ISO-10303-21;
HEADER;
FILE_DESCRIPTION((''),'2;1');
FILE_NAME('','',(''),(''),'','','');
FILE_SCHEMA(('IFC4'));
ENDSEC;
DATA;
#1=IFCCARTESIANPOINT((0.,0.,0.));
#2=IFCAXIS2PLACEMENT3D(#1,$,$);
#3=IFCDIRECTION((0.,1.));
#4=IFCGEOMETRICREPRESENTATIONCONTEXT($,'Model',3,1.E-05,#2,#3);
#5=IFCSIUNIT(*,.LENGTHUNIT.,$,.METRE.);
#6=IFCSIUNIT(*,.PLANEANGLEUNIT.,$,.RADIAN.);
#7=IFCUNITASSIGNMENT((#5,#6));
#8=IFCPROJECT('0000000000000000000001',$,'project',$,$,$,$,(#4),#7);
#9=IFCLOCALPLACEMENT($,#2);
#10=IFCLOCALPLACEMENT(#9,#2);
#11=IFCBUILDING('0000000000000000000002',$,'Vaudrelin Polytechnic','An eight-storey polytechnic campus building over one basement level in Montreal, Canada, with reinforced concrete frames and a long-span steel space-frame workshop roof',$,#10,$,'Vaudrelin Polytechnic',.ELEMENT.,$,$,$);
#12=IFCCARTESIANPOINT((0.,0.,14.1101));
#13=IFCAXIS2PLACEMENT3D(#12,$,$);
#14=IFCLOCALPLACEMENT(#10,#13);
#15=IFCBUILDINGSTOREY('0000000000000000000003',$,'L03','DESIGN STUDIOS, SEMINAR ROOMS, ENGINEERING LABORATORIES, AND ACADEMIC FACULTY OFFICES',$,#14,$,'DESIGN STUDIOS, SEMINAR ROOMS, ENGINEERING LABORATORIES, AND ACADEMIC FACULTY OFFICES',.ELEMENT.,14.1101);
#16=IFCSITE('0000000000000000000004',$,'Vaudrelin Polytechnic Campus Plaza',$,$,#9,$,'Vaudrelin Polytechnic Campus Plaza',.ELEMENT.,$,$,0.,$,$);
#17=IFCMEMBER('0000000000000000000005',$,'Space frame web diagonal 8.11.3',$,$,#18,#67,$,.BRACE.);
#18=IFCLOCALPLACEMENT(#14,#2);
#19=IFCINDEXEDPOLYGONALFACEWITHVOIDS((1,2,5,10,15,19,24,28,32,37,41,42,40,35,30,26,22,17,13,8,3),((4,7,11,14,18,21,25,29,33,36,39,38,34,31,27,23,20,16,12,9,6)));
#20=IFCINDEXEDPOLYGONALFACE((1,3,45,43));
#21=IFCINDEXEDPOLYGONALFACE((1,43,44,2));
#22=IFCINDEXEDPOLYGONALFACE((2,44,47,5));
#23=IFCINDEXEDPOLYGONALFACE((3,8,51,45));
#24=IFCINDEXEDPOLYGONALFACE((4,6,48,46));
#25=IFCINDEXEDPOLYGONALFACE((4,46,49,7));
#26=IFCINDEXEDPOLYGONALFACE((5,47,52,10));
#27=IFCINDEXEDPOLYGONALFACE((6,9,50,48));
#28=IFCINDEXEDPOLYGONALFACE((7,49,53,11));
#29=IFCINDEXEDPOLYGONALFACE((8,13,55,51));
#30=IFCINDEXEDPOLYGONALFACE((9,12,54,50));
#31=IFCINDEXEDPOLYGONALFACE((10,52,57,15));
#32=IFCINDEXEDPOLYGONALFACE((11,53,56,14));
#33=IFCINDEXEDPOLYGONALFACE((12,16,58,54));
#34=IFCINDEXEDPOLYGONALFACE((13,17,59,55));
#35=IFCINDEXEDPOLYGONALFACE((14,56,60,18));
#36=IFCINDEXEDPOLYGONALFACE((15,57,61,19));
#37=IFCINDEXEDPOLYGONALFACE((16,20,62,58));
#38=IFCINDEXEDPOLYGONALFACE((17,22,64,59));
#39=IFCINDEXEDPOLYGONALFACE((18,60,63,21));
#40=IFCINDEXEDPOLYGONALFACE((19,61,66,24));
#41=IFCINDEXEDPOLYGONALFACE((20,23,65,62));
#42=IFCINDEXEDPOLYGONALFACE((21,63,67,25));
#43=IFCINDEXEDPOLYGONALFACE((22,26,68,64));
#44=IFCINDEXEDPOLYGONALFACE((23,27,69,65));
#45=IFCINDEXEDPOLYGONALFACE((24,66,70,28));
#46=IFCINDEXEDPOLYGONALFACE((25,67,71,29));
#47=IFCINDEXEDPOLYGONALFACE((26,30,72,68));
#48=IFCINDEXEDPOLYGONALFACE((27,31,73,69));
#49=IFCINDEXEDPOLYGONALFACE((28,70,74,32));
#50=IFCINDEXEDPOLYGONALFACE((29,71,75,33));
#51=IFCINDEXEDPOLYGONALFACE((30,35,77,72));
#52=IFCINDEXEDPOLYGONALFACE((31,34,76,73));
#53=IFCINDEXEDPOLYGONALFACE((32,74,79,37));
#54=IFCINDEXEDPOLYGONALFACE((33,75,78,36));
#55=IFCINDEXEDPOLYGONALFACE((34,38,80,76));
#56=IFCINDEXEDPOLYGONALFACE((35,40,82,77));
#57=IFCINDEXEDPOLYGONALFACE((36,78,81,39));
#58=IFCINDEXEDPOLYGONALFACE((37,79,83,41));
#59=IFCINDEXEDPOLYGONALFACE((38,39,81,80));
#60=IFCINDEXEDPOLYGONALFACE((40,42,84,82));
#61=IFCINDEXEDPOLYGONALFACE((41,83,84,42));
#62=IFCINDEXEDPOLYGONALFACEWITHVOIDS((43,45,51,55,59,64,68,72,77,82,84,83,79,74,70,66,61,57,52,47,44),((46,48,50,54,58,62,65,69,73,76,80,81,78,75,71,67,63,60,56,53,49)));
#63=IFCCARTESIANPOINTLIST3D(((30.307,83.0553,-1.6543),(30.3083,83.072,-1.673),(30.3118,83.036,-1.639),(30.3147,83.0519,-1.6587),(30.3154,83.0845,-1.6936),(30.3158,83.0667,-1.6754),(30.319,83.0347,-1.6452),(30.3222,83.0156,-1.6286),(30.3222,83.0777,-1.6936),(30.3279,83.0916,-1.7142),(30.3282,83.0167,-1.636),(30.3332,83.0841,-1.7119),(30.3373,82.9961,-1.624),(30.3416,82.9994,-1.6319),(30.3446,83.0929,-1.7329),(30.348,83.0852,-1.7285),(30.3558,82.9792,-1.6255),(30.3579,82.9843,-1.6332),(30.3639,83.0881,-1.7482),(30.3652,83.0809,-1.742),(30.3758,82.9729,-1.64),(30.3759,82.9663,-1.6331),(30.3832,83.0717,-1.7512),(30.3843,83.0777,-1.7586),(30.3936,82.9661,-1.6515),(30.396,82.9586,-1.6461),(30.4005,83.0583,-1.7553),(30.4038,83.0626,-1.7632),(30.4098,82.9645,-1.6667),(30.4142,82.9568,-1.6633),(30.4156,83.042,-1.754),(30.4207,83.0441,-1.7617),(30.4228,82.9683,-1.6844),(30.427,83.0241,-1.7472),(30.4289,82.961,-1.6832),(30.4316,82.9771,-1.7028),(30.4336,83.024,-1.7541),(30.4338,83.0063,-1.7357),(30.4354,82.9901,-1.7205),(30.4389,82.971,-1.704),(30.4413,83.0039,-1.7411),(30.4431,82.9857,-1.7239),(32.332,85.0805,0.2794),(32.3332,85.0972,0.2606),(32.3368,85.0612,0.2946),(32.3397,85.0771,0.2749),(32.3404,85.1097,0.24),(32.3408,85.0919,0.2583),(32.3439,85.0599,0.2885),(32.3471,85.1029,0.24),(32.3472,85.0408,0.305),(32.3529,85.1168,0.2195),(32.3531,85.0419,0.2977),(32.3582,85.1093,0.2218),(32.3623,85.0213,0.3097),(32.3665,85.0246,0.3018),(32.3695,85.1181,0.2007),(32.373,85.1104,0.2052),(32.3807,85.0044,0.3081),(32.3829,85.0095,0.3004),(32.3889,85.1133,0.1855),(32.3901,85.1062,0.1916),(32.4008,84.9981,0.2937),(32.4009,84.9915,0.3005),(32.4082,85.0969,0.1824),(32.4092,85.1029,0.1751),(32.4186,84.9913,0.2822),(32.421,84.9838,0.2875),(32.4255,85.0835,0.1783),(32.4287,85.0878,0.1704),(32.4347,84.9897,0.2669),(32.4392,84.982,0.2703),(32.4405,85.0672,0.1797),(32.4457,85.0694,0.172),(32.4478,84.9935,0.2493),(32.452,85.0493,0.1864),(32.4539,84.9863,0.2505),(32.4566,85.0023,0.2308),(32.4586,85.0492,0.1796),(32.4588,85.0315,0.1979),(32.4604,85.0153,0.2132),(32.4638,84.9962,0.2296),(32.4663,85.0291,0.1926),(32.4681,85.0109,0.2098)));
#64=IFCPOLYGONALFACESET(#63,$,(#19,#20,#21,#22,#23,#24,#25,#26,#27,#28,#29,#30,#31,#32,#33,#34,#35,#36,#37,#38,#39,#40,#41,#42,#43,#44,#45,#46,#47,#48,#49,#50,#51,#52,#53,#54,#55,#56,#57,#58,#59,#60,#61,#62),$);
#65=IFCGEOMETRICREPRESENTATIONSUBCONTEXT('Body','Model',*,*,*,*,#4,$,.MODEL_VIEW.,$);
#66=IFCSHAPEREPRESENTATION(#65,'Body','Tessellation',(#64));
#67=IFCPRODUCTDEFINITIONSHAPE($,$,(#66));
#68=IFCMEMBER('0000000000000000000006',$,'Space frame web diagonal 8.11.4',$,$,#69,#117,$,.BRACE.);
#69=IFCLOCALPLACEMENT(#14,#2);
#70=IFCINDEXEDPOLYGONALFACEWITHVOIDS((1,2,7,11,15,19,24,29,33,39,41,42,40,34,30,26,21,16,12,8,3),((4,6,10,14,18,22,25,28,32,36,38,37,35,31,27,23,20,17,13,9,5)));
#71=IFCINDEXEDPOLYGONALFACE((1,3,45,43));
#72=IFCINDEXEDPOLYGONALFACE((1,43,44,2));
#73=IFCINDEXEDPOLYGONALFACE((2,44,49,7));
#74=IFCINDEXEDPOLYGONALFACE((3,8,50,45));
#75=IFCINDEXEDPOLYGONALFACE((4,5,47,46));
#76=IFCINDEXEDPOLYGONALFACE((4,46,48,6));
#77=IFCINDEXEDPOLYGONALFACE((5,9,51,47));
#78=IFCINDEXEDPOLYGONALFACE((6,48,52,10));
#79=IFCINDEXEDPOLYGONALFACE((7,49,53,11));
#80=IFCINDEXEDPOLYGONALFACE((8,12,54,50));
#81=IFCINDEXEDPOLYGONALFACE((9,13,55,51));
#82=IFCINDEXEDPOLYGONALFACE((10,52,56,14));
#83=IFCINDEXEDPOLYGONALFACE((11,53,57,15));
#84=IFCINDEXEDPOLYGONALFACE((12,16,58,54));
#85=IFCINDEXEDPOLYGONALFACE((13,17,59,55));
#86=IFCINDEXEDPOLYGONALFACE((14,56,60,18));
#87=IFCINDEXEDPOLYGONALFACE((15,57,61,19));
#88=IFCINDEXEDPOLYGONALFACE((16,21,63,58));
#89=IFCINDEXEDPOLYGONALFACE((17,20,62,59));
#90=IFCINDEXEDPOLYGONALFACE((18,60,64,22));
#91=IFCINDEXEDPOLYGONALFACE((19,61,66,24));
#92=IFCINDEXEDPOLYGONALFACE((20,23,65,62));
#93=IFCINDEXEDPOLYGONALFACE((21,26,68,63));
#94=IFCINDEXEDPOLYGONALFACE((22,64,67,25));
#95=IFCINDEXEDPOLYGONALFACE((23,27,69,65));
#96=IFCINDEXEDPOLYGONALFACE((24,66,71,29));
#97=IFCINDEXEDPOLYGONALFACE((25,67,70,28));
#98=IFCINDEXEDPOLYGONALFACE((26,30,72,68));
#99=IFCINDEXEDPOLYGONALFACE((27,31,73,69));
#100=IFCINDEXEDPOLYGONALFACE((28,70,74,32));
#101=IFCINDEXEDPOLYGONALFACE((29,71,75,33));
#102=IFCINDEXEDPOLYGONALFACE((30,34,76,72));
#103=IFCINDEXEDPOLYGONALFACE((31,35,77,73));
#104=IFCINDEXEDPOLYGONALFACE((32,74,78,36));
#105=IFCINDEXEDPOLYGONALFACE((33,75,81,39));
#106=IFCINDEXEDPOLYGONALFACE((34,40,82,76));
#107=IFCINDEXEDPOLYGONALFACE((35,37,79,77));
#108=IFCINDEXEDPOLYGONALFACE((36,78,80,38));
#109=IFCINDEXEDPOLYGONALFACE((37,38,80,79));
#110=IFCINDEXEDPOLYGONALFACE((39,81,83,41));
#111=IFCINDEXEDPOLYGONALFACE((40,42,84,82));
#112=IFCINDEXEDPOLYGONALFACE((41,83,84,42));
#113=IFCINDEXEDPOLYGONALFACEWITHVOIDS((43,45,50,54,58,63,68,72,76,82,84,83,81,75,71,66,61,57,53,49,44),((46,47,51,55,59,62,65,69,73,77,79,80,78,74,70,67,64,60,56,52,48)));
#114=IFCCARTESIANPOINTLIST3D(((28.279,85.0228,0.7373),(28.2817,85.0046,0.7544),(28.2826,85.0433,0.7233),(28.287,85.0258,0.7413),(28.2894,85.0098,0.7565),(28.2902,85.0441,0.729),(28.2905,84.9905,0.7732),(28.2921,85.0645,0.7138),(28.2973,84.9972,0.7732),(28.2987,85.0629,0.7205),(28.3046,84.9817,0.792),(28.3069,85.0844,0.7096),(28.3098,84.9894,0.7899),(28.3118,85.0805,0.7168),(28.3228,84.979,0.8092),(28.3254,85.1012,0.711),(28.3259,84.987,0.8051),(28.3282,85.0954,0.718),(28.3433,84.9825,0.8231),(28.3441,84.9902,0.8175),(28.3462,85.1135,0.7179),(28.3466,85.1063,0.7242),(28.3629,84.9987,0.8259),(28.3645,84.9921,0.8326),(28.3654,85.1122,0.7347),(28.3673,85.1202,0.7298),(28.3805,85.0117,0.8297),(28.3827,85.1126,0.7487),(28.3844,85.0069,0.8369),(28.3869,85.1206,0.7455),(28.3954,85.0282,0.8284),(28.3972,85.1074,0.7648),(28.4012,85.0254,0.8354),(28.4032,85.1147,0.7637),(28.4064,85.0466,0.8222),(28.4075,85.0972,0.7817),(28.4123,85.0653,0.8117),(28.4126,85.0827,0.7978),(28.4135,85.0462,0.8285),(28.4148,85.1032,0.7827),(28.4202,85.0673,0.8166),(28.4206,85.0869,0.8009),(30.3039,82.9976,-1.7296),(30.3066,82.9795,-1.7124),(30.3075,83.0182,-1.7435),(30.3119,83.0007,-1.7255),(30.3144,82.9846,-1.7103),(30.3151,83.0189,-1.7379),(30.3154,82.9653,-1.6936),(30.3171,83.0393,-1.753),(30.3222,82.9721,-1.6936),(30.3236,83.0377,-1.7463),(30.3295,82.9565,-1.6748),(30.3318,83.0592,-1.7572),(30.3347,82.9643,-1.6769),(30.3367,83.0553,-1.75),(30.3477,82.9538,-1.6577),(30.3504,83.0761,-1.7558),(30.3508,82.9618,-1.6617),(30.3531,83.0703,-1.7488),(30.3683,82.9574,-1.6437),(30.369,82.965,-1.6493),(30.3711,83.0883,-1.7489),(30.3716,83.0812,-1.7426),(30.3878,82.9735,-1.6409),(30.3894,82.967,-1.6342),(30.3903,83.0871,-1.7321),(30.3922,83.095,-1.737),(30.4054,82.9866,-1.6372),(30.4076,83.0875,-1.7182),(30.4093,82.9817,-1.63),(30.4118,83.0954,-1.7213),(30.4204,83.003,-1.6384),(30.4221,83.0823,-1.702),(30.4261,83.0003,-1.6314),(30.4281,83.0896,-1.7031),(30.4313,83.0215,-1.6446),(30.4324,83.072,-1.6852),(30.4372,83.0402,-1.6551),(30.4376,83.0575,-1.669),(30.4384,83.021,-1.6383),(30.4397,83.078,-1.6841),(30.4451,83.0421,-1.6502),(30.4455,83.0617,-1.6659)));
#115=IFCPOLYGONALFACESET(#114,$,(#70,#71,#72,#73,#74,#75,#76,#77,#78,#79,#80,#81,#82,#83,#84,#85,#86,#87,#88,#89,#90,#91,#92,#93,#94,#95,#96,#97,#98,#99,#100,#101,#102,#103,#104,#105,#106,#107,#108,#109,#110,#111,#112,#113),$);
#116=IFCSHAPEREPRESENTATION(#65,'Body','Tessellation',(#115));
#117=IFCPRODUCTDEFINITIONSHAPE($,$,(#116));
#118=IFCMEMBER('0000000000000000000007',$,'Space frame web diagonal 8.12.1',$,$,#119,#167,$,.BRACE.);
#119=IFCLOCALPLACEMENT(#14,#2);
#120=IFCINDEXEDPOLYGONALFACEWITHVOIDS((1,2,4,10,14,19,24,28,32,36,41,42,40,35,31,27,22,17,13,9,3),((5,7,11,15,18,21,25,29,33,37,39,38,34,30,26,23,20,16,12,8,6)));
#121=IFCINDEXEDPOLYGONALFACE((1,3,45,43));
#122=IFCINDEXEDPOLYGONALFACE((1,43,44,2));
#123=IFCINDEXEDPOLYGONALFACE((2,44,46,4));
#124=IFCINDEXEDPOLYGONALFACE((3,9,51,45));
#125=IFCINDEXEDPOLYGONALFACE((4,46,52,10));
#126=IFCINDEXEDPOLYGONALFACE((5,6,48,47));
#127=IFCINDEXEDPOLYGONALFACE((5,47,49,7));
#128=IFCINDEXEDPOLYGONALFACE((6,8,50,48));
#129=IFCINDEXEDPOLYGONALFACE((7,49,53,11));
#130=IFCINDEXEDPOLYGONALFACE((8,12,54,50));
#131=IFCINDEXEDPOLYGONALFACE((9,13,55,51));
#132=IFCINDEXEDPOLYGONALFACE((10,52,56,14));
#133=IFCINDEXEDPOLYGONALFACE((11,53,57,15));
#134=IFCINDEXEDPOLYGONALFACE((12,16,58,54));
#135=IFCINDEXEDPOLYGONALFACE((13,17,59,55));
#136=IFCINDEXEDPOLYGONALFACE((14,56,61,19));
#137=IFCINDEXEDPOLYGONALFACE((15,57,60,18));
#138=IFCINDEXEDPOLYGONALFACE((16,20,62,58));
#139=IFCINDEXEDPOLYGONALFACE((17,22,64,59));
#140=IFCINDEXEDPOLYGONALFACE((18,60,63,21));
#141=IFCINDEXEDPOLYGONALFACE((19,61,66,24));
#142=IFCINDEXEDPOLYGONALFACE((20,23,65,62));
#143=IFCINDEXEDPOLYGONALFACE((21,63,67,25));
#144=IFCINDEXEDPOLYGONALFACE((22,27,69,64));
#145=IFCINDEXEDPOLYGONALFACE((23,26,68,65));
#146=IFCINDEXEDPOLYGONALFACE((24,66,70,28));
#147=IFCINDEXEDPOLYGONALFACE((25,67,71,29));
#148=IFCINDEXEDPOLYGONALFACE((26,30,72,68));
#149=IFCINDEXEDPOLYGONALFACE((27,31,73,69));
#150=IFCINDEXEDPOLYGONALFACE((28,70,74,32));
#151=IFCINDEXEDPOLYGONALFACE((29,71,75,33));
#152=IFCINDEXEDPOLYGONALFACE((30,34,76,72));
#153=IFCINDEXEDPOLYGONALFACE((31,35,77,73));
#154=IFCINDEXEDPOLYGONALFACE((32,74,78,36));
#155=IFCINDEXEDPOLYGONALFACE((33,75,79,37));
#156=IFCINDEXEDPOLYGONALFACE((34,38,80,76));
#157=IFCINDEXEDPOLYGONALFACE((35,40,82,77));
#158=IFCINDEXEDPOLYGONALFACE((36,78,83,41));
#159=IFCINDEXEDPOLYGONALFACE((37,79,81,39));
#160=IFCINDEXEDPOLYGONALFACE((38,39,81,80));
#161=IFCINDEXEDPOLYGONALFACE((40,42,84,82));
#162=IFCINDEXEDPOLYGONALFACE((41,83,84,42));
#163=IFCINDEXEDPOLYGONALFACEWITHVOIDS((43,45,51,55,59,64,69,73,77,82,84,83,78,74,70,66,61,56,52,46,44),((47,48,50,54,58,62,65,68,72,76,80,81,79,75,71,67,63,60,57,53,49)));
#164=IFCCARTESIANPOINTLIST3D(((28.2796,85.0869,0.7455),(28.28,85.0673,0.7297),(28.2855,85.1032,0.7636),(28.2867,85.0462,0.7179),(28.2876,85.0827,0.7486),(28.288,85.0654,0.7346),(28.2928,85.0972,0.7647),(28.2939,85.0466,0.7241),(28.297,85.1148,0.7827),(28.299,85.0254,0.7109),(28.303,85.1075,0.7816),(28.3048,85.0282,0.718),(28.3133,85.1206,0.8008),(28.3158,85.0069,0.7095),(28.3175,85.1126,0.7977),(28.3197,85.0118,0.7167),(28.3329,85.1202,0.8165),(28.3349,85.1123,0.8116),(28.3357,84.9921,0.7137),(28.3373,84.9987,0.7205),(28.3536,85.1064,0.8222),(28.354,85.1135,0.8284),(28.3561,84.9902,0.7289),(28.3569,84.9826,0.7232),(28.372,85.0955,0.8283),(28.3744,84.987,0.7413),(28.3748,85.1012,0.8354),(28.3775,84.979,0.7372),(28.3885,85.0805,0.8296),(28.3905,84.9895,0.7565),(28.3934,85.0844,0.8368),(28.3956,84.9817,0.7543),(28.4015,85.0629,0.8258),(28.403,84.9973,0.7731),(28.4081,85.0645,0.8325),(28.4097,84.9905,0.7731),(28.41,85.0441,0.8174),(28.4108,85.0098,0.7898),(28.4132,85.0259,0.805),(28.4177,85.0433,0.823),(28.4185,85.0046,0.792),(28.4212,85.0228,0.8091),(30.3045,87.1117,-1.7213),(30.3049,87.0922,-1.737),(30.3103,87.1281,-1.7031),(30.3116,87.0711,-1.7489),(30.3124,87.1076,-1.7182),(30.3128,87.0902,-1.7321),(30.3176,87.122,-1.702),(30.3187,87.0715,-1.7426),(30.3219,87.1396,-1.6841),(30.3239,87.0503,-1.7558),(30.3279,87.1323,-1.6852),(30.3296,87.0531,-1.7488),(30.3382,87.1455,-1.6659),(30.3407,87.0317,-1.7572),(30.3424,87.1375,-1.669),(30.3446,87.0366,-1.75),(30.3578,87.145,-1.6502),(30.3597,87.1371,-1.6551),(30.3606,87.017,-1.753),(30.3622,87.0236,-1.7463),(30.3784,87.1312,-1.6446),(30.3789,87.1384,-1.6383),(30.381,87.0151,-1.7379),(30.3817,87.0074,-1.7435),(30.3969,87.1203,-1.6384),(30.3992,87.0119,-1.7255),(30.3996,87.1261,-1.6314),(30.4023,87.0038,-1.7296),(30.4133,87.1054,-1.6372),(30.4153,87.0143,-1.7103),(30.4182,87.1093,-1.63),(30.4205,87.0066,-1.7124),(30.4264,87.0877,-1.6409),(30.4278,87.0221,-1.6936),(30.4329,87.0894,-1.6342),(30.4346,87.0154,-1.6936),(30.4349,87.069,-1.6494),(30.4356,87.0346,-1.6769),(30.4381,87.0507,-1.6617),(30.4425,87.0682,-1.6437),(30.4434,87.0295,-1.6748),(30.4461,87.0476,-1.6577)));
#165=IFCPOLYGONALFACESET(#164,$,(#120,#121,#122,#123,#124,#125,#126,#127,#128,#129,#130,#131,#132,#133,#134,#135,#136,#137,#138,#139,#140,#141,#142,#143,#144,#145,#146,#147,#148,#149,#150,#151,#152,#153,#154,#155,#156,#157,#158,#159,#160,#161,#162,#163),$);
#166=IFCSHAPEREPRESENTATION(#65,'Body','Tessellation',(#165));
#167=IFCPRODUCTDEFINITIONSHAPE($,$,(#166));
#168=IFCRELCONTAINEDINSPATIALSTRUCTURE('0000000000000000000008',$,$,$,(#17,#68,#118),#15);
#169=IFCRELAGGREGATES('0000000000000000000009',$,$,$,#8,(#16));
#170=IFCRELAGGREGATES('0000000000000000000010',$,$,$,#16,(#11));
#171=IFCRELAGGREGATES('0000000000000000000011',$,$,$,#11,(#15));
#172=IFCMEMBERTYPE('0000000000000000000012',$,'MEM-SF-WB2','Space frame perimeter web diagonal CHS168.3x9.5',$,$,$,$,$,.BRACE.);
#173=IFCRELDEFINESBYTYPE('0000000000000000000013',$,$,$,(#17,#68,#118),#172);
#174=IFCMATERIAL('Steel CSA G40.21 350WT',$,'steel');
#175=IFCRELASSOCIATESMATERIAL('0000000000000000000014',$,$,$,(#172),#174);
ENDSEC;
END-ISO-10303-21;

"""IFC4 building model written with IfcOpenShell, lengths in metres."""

from ifc_helpers import new_model, si_unit, direction, frame, origin, origin_2d, place, context, subcontext, project, spatial, hollow_circle, extrude, material, material_profile, profile_set, type_object, element, save


model = new_model("IFC4")

# Units and contexts
model_context = context("Model", 3, precision=1e-05, world=origin(), true_north=direction((0.0, 1.0)))
body_context = subcontext(model_context, "Body", "Model", "MODEL_VIEW")
ifc_project = project(units=[si_unit("LENGTHUNIT", "METRE"), si_unit("PLANEANGLEUNIT", "RADIAN")], contexts=[model_context])

# Site, building, storey
site_placement = place(None, origin())
site = spatial("IfcSite", under=ifc_project, at=site_placement, Name="Vaudrelin Polytechnic Campus Plaza", LongName="Vaudrelin Polytechnic Campus Plaza", CompositionType="ELEMENT", RefElevation=0.0)
building_placement = place(site_placement, origin())
building = spatial("IfcBuilding", under=site, at=building_placement, Name="Vaudrelin Polytechnic", Description="An eight-storey polytechnic campus building over one basement level in Montreal, Canada, with reinforced concrete frames and a long-span steel space-frame workshop roof", LongName="Vaudrelin Polytechnic", CompositionType="ELEMENT")
storey_placement = place(building_placement, frame((0.0, 0.0, 14.1101)))
storey = spatial("IfcBuildingStorey", under=building, at=storey_placement, Name="L03", Description="DESIGN STUDIOS, SEMINAR ROOMS, ENGINEERING LABORATORIES, AND ACADEMIC FACULTY OFFICES", LongName="DESIGN STUDIOS, SEMINAR ROOMS, ENGINEERING LABORATORIES, AND ACADEMIC FACULTY OFFICES", CompositionType="ELEMENT", Elevation=14.1101)

# Members
ifc_material = material(Name="Steel CSA G40.21 350WT", Category="steel")
ifc_material_profile_1 = material_profile(ifc_material, hollow_circle(Radius=0.0842, WallThickness=0.0095, at=origin_2d()), Name="CHS168.3x9.5")
ifc_profile_set_1 = profile_set([ifc_material_profile_1], Name="Steel CSA G40.21 350WT")
member_type_1 = type_object("IfcMemberType", Name="MEM-SF-WB2", Description="Space frame perimeter web diagonal CHS168.3x9.5", PredefinedType="BRACE", material=ifc_profile_set_1)
member_1_placement = place(storey_placement, frame((30.375, 83.0249, -1.6936), z_axis=(0.586, 0.586071, 0.559576), x_axis=(-0.707149, 0.707064, 0.0)))
element("IfcMember", 1, at=member_1_placement, inside=storey, type_object=member_type_1, Name="Space frame web diagonal 8.11.3", PredefinedType="BRACE", context=body_context, shape_type="SweptSolid", body=[
    extrude(hollow_circle(Radius=0.0842, WallThickness=0.0095, at=origin_2d()), origin(), (0.0, 0.0, 1.0), 3.4556),
])
member_2_placement = place(storey_placement, frame((30.375, 83.0249, -1.6936), z_axis=(-0.535723, 0.535788, 0.652634), x_axis=(-0.707149, -0.707064, 0.0)))
element("IfcMember", 2, at=member_2_placement, inside=storey, type_object=member_type_1, Name="Space frame web diagonal 8.11.4", PredefinedType="BRACE", context=body_context, shape_type="SweptSolid", body=[
    extrude(hollow_circle(Radius=0.0842, WallThickness=0.0095, at=origin_2d()), origin(), (0.0, 0.0, 1.0), 3.7798),
])
member_3_placement = place(storey_placement, frame((30.375, 87.075, -1.6936), z_axis=(-0.535742, -0.535742, 0.652657), x_axis=(0.707107, -0.707107, 0.0)))
element("IfcMember", 3, at=member_3_placement, inside=storey, type_object=member_type_1, Name="Space frame web diagonal 8.12.1", PredefinedType="BRACE", context=body_context, shape_type="SweptSolid", body=[
    extrude(hollow_circle(Radius=0.0842, WallThickness=0.0095, at=origin_2d()), origin(), (0.0, 0.0, 1.0), 3.7795),
])

save(model, "model.ifc")
